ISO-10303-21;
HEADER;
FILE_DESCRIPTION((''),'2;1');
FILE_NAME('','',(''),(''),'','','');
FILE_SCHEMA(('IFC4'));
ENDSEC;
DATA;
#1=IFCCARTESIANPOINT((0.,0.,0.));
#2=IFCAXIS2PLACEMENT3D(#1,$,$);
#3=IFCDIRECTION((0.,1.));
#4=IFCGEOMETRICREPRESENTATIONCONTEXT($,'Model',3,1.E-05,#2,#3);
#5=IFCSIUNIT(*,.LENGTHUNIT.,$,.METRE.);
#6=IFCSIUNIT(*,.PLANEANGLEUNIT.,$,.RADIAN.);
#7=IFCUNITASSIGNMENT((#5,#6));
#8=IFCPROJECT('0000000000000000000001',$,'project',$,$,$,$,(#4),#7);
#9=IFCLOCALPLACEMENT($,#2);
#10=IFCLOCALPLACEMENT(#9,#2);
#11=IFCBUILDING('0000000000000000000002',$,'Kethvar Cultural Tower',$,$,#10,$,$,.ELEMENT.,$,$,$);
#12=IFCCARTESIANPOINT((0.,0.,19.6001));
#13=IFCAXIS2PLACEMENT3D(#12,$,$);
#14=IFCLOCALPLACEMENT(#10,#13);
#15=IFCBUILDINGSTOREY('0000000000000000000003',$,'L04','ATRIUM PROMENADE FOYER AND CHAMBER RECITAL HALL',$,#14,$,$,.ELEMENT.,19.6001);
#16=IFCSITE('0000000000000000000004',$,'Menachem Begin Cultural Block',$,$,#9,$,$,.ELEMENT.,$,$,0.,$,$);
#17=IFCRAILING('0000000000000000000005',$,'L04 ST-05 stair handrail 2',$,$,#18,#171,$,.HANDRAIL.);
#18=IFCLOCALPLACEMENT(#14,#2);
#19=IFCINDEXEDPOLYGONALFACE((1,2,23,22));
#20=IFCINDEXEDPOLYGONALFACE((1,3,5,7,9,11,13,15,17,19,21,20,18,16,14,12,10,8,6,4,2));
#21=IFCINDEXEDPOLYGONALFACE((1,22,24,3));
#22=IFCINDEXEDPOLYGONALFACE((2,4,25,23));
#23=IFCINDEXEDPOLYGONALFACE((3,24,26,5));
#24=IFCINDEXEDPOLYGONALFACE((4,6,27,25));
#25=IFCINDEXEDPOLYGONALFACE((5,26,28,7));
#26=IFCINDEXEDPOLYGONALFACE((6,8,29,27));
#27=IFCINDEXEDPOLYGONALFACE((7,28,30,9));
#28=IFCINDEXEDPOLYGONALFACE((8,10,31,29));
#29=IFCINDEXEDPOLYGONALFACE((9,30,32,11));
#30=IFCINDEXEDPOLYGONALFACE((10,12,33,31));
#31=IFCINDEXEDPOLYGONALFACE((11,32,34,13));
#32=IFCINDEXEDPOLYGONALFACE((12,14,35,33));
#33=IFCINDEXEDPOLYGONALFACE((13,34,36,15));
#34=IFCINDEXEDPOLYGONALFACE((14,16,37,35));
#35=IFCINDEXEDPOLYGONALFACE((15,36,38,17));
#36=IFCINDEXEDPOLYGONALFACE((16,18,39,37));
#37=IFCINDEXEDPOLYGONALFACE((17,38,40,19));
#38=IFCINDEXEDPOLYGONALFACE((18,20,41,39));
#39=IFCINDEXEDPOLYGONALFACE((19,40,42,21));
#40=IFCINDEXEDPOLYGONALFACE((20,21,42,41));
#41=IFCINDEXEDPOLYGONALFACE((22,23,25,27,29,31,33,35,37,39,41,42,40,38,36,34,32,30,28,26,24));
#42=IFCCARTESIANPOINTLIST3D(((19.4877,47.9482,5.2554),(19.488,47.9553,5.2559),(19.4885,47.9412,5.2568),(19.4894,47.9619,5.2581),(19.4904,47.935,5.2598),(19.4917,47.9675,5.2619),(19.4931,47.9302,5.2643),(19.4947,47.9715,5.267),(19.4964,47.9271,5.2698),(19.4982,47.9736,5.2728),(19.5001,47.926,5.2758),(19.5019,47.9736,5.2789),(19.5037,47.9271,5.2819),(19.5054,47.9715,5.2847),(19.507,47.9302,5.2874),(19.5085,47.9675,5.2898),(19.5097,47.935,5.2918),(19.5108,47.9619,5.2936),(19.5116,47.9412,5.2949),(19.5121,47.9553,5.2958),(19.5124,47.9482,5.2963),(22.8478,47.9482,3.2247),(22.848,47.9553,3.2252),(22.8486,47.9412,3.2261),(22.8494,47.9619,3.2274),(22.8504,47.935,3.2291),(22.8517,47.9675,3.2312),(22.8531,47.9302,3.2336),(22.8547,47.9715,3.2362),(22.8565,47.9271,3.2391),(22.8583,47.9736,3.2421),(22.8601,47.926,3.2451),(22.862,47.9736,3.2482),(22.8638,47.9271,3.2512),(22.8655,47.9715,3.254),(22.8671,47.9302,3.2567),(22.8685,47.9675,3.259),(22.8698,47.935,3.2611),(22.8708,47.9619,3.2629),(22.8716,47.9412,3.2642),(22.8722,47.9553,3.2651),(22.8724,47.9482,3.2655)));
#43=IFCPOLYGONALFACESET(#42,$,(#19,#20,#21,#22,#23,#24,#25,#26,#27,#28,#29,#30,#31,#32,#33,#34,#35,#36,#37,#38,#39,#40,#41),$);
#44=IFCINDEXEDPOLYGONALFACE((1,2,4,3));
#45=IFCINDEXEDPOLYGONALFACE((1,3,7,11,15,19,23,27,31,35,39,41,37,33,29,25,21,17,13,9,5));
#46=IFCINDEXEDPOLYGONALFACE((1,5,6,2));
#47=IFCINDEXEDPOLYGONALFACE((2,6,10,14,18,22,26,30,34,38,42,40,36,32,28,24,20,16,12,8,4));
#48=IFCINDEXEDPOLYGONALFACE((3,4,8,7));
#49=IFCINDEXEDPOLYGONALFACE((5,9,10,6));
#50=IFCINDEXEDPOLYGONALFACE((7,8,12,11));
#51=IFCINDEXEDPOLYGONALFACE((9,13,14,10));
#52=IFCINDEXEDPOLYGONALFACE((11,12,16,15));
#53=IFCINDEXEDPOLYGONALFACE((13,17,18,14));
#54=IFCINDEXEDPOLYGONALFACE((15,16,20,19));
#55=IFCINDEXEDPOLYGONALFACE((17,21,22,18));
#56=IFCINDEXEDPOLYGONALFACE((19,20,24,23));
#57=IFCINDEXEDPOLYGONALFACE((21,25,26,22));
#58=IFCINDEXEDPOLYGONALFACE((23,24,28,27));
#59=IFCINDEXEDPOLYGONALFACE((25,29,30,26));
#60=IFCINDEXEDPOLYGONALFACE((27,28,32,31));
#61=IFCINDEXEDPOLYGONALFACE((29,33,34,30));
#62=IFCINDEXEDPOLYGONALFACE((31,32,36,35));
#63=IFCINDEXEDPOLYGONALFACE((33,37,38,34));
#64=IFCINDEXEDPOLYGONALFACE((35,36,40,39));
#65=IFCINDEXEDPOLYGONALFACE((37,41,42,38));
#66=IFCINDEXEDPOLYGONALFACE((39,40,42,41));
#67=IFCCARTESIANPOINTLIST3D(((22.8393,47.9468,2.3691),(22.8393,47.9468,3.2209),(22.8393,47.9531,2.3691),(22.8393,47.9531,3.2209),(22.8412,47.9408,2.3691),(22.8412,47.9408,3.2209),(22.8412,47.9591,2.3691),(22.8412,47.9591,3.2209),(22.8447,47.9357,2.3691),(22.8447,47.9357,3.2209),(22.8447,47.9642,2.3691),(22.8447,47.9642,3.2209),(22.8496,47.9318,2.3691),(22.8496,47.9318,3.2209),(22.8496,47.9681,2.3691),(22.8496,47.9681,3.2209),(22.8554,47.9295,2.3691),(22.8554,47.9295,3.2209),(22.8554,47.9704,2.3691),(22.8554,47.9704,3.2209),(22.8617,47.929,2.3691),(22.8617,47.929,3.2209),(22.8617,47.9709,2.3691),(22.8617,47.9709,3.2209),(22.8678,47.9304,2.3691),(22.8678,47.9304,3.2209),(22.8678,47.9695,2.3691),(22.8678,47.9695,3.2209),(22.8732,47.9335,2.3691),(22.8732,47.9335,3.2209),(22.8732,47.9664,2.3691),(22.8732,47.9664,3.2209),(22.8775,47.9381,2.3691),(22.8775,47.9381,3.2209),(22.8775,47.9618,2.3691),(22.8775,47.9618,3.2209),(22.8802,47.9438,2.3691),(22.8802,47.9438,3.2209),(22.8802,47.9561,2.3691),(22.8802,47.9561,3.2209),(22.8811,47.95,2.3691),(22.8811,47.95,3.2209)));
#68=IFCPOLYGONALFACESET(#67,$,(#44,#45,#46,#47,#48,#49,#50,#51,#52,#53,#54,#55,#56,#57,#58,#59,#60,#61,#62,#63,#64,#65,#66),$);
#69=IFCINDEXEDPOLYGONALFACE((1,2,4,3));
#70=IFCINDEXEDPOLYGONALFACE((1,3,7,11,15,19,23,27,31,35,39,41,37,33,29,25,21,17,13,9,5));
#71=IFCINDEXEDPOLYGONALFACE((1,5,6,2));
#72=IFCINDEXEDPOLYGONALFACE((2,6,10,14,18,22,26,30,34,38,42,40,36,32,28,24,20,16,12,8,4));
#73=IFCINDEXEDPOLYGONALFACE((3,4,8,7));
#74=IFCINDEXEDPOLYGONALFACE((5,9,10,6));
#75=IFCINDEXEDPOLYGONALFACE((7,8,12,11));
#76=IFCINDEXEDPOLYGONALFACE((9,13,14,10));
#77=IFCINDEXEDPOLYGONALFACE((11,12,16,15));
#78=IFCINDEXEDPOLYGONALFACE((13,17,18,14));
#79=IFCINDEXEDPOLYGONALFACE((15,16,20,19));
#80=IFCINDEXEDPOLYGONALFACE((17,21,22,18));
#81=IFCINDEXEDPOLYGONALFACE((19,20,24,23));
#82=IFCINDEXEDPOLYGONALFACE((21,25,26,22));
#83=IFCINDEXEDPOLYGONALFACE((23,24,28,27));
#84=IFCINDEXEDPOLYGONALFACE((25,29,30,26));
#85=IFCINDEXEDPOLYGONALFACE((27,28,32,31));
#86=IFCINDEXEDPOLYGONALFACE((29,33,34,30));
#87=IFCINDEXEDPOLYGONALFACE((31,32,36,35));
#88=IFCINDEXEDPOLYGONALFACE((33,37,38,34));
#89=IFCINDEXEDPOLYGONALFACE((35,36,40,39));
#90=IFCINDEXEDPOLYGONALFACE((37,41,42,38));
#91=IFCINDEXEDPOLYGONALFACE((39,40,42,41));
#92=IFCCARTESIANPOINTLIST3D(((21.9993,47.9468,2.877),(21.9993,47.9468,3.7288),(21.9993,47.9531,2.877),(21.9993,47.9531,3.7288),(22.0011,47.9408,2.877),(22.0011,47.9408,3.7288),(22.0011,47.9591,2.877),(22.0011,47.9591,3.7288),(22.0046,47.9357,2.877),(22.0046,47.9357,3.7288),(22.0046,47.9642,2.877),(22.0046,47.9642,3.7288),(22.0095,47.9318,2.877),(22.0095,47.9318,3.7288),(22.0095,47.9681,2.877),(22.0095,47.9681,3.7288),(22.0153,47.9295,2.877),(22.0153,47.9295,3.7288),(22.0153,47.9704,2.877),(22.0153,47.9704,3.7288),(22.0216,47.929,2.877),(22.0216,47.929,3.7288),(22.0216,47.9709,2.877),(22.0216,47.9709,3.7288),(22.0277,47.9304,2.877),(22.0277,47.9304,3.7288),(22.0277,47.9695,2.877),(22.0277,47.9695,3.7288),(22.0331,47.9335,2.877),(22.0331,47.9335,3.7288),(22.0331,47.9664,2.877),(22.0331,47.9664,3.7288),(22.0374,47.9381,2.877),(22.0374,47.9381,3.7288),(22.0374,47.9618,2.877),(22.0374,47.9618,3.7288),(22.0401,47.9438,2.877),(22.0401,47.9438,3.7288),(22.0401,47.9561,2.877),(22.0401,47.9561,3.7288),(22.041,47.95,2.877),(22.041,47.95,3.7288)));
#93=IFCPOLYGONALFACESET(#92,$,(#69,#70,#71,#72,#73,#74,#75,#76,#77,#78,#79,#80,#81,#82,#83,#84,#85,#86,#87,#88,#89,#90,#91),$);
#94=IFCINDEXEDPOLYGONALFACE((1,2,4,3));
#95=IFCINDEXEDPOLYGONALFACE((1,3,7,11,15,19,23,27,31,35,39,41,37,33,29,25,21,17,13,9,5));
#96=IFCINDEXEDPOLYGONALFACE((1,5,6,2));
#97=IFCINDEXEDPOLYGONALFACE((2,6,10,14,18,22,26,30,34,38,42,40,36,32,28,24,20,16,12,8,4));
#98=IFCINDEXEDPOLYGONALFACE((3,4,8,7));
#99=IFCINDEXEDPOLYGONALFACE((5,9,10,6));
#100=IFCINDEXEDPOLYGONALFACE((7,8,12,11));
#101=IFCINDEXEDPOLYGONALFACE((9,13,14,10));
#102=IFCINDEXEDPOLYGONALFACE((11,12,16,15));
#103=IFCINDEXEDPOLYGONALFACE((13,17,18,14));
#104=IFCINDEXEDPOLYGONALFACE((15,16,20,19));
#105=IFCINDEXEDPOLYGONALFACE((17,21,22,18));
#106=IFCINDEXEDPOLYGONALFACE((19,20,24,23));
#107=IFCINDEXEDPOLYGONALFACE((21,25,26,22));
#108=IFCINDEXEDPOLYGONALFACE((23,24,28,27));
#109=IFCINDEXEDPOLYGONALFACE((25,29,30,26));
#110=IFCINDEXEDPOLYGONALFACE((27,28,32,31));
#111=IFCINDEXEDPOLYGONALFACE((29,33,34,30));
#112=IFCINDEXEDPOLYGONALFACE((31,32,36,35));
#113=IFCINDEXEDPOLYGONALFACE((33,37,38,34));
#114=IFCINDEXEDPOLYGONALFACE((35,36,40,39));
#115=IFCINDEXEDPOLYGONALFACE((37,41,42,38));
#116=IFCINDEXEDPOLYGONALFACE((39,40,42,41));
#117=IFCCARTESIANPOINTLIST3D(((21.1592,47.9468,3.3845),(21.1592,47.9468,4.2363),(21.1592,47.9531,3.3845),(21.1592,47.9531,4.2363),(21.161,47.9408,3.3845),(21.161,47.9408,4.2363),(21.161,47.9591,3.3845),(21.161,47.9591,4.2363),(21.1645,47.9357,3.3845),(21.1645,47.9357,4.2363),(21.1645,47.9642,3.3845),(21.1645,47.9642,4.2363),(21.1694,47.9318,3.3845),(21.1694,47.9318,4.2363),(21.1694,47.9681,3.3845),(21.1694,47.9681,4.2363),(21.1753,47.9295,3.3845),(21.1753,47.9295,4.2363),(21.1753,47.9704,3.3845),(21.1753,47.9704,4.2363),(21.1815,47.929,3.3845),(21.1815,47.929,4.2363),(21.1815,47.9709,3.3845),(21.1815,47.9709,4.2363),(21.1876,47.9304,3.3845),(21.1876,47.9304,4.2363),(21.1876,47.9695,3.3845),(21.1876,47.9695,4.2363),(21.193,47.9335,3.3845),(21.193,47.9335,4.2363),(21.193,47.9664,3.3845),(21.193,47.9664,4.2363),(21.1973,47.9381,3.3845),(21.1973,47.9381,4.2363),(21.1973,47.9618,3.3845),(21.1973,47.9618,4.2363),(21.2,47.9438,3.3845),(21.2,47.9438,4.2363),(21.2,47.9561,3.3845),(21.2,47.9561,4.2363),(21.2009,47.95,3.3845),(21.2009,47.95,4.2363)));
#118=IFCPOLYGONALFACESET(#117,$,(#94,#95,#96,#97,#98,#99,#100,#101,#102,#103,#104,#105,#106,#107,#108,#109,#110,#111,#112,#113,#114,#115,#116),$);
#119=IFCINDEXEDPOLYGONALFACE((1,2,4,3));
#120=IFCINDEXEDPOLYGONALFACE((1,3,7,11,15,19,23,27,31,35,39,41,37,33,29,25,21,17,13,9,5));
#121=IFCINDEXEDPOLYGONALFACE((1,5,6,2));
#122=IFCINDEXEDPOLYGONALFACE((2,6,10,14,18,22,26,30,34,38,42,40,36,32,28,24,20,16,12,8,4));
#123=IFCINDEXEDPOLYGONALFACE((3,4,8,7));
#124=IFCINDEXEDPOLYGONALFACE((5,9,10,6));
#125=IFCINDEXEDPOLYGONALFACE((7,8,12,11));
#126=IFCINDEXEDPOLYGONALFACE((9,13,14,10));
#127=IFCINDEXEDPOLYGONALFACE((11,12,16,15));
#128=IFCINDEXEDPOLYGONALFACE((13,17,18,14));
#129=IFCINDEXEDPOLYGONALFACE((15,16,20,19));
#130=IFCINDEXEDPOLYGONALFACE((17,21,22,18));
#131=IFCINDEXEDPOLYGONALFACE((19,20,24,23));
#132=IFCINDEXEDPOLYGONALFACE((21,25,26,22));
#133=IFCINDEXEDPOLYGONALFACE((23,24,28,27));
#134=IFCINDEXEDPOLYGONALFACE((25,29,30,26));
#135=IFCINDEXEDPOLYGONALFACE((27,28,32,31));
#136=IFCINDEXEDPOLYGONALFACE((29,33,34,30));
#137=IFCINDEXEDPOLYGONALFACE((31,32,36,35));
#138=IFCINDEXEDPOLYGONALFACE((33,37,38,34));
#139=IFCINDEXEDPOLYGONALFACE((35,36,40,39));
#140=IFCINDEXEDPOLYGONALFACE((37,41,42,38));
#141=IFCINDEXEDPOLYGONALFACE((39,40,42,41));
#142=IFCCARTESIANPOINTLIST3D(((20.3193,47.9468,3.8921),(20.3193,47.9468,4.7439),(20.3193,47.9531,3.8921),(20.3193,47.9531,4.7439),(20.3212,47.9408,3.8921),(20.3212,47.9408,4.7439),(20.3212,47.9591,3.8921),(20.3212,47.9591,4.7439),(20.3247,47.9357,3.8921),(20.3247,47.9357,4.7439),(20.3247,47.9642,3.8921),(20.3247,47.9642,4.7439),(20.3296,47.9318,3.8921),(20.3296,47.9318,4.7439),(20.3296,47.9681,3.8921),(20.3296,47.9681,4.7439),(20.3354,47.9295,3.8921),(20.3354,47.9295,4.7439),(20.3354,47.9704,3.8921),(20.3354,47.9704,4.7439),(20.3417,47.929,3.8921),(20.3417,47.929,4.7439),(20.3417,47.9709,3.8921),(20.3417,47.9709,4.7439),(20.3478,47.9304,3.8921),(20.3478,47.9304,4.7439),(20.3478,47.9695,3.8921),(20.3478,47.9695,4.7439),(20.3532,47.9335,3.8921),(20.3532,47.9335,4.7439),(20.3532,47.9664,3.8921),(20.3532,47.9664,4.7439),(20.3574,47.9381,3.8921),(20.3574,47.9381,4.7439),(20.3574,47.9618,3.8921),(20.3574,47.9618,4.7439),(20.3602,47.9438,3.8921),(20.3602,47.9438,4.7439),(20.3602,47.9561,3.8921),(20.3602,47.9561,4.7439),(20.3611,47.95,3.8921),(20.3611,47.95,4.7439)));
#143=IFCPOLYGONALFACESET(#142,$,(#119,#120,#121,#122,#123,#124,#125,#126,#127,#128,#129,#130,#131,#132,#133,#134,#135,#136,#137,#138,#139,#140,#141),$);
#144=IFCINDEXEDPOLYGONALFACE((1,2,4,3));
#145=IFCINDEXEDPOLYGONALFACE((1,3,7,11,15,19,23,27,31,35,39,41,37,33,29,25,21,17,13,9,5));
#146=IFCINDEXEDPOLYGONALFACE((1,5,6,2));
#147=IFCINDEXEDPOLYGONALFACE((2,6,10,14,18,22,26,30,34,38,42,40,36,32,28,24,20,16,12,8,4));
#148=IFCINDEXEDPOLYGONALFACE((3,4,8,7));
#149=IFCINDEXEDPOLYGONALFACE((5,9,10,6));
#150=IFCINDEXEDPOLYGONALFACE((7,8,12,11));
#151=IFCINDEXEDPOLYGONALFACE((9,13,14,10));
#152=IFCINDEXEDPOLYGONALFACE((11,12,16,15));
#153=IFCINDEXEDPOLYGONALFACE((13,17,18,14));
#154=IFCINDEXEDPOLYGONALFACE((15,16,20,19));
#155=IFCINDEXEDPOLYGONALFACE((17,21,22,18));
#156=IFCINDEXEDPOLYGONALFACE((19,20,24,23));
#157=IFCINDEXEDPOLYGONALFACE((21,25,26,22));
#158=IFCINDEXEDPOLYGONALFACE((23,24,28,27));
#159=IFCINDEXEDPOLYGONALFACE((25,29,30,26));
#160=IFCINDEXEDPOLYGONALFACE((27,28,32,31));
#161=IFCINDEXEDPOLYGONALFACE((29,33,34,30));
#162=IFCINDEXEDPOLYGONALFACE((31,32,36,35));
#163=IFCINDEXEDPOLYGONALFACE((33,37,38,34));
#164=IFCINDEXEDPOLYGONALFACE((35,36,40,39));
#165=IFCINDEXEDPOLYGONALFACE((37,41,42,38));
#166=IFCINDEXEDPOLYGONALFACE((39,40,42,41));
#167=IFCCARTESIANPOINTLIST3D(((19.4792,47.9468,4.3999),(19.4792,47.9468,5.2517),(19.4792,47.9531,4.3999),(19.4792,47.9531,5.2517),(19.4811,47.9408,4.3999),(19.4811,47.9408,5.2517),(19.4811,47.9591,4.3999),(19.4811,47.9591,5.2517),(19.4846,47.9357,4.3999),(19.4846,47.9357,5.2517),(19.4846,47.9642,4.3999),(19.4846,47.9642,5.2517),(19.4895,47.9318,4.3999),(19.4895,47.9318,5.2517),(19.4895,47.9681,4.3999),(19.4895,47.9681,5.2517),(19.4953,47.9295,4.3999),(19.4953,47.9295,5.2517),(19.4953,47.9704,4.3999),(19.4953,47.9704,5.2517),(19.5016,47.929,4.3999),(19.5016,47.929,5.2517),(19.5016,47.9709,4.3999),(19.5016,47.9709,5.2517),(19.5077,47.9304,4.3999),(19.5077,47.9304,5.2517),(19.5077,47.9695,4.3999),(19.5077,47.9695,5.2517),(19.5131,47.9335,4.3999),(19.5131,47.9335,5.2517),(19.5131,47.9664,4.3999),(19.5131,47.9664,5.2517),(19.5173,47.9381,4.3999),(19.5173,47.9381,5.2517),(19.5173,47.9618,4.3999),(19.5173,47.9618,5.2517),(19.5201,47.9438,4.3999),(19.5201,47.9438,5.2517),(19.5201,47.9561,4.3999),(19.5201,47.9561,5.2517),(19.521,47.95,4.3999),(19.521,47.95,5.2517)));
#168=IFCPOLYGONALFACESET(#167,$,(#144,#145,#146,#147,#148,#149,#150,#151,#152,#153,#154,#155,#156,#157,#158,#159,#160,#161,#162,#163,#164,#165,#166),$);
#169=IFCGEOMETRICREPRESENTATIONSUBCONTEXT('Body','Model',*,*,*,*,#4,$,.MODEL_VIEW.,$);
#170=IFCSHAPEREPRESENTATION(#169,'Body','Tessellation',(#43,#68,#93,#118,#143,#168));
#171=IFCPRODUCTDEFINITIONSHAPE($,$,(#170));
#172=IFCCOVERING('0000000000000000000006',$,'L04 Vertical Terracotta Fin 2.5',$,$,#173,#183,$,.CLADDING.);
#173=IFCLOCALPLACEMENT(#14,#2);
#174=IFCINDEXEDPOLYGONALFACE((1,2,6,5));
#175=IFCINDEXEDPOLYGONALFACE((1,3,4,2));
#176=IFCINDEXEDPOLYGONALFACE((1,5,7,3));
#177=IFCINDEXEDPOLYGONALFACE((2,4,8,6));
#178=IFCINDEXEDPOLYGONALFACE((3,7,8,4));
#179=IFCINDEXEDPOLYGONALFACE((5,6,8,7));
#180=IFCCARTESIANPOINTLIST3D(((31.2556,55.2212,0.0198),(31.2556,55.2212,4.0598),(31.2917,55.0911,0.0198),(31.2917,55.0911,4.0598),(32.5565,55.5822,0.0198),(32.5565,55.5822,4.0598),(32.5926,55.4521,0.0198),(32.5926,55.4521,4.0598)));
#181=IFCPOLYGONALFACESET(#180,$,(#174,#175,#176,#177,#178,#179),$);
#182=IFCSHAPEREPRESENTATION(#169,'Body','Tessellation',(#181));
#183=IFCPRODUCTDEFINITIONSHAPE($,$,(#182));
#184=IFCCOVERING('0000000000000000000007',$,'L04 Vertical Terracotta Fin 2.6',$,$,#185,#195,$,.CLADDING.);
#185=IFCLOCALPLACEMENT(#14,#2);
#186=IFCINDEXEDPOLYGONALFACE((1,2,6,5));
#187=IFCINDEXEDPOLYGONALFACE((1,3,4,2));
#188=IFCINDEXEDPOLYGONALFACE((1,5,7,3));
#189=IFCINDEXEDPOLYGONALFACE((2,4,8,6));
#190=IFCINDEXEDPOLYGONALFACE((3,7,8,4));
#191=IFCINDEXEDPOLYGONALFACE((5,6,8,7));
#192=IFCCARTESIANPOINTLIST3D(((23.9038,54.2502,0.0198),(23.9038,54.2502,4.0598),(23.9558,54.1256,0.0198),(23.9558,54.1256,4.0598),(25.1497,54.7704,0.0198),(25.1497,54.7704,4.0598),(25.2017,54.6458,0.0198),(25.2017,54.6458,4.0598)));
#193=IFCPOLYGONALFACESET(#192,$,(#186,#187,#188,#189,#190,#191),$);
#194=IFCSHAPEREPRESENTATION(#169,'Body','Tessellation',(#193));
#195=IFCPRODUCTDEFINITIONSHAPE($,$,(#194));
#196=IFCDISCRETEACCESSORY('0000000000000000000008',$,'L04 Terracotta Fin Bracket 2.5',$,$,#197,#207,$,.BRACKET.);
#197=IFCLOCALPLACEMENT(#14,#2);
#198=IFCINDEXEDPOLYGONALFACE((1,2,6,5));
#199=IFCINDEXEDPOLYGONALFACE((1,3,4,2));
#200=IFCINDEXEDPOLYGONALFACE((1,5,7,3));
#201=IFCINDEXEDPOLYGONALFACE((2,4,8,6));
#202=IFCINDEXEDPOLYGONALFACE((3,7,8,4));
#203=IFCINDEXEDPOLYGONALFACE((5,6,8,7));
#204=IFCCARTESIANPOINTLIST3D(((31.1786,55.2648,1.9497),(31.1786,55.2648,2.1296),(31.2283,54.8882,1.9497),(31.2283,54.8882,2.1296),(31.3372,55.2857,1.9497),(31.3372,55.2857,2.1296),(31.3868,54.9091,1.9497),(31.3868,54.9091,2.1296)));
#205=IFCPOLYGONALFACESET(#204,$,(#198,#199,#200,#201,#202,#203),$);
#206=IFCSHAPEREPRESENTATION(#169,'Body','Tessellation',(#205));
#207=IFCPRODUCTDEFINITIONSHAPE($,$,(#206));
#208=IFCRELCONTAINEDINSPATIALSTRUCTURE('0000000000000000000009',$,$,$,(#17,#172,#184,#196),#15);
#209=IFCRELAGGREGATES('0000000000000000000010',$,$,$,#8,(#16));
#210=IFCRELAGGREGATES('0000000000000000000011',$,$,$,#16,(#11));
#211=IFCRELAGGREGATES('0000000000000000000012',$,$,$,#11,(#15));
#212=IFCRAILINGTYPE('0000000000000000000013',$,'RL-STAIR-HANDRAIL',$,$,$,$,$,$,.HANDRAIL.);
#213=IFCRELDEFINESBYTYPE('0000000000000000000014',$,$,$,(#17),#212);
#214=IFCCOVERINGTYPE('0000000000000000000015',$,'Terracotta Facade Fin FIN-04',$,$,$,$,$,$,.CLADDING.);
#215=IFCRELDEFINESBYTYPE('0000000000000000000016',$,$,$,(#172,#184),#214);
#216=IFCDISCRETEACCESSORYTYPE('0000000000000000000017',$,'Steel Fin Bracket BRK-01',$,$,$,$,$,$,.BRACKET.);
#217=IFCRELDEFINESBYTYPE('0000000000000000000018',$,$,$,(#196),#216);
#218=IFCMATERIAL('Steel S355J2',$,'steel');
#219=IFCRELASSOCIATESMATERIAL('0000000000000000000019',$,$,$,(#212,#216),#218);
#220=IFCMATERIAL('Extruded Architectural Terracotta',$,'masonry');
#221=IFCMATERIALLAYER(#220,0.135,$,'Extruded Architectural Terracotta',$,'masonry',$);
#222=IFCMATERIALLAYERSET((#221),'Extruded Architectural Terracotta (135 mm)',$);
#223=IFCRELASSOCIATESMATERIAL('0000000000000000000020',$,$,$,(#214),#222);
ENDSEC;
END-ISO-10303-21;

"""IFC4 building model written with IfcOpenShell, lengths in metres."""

from ifc_helpers import new_model, si_unit, direction, frame, origin, origin_2d, place, context, subcontext, project, spatial, rectangle, circle, extrude, source, transform, mapped, material, layer, layer_set, type_object, element, save


model = new_model("IFC4")

# Units and contexts
model_context = context("Model", 3, precision=1e-05, world=origin(), true_north=direction((0.0, 1.0)))
body_context = subcontext(model_context, "Body", "Model", "MODEL_VIEW")
ifc_project = project(units=[si_unit("LENGTHUNIT", "METRE"), si_unit("PLANEANGLEUNIT", "RADIAN")], contexts=[model_context])

# Site, building, storey
site_placement = place(None, origin())
site = spatial("IfcSite", under=ifc_project, at=site_placement, Name="Menachem Begin Cultural Block", CompositionType="ELEMENT", RefElevation=0.0)
building_placement = place(site_placement, origin())
building = spatial("IfcBuilding", under=site, at=building_placement, Name="Kethvar Cultural Tower", CompositionType="ELEMENT")
storey_placement = place(building_placement, frame((0.0, 0.0, 19.6001)))
storey = spatial("IfcBuildingStorey", under=building, at=storey_placement, Name="L04", Description="ATRIUM PROMENADE FOYER AND CHAMBER RECITAL HALL", CompositionType="ELEMENT", Elevation=19.6001)

# Shared definitions
ifc_material_1 = material(Name="Steel S355J2", Category="steel")

# Railing
railing_type_1 = type_object("IfcRailingType", Name="RL-STAIR-HANDRAIL", PredefinedType="HANDRAIL", material=ifc_material_1)
railing_1_placement = place(storey_placement, frame((22.8601, 47.95, 2.3691)))
element("IfcRailing", 1, at=railing_1_placement, inside=storey, type_object=railing_type_1, Name="L04 ST-05 stair handrail 2", PredefinedType="HANDRAIL", context=body_context, shape_type="SweptSolid", body=[
    extrude(circle(Radius=0.0239, at=origin_2d()), frame((0.0, 0.0, 0.876), z_axis=(-0.855837, 0.0, 0.517246), x_axis=(0.0, -1.0, 0.0)), (0.0, 0.0, 1.0), 3.926),
    extrude(circle(Radius=0.021, at=origin_2d()), origin(), (0.0, 0.0, 1.0), 0.8518),
    extrude(circle(Radius=0.021, at=origin_2d()), frame((-0.8401, 0.0, 0.5078)), (0.0, 0.0, 1.0), 0.8518),
    extrude(circle(Radius=0.021, at=origin_2d()), frame((-1.6802, 0.0, 1.0154)), (0.0, 0.0, 1.0), 0.8518),
    extrude(circle(Radius=0.021, at=origin_2d()), frame((-2.52, 0.0, 1.5229)), (0.0, 0.0, 1.0), 0.8518),
    extrude(circle(Radius=0.021, at=origin_2d()), frame((-3.3601, 0.0, 2.0308)), (0.0, 0.0, 1.0), 0.8518),
])

# Coverings
ifc_material_2 = material(Name="Extruded Architectural Terracotta", Category="masonry")
ifc_layer_1 = layer(ifc_material_2, 0.135, Name="Extruded Architectural Terracotta", Category="masonry")
ifc_layer_set_1 = layer_set([ifc_layer_1], Name="Extruded Architectural Terracotta (135 mm)")
covering_type = type_object("IfcCoveringType", Name="Terracotta Facade Fin FIN-04", PredefinedType="CLADDING", material=ifc_layer_set_1)
shared_shape_1 = source(origin(), body_context, "Body", "SweptSolid", [
    extrude(rectangle(XDim=1.3501, YDim=0.135, at=origin_2d()), origin(), (0.0, 0.0, 1.0), 4.04),
])
for number, where, z_axis, x_axis, name in (
    (2, (31.9241, 55.3367, 0.0198), (0.0, 0.0, 1.0), (0.963584, 0.267407, 0.0), "L04 Vertical Terracotta Fin 2.5"),
    (3, (24.5527, 54.448, 0.0198), (0.0, 0.0, 1.0), (0.922807, 0.385262, 0.0), "L04 Vertical Terracotta Fin 2.6"),
):
    element("IfcCovering", number, at=place(storey_placement, frame(where, z_axis=z_axis, x_axis=x_axis)), inside=storey, type_object=covering_type, Name=name, PredefinedType="CLADDING", context=body_context, shape_type="MappedRepresentation", body=[
        mapped(shared_shape_1, transform((0.0, 0.0, 0.0), scale=1.0)),
    ])

# Discrete accessory
discrete_accessory_type = type_object("IfcDiscreteAccessoryType", Name="Steel Fin Bracket BRK-01", PredefinedType="BRACKET", material=ifc_material_1)
shared_shape_2 = source(origin(), body_context, "Body", "SweptSolid", [
    extrude(rectangle(XDim=0.3799, YDim=0.1599, at=origin_2d()), origin(), (0.0, 0.0, 1.0), 0.1799),
])
for number, where, z_axis, x_axis, name in (
    (4, (31.2827, 55.0869, 1.9497), (0.0, 0.0, 1.0), (-0.130699, 0.991422, 0.0), "L04 Terracotta Fin Bracket 2.5"),
):
    element("IfcDiscreteAccessory", number, at=place(storey_placement, frame(where, z_axis=z_axis, x_axis=x_axis)), inside=storey, type_object=discrete_accessory_type, Name=name, PredefinedType="BRACKET", context=body_context, shape_type="MappedRepresentation", body=[
        mapped(shared_shape_2, transform((0.0, 0.0, 0.0), scale=1.0)),
    ])

save(model, "model.ifc")
